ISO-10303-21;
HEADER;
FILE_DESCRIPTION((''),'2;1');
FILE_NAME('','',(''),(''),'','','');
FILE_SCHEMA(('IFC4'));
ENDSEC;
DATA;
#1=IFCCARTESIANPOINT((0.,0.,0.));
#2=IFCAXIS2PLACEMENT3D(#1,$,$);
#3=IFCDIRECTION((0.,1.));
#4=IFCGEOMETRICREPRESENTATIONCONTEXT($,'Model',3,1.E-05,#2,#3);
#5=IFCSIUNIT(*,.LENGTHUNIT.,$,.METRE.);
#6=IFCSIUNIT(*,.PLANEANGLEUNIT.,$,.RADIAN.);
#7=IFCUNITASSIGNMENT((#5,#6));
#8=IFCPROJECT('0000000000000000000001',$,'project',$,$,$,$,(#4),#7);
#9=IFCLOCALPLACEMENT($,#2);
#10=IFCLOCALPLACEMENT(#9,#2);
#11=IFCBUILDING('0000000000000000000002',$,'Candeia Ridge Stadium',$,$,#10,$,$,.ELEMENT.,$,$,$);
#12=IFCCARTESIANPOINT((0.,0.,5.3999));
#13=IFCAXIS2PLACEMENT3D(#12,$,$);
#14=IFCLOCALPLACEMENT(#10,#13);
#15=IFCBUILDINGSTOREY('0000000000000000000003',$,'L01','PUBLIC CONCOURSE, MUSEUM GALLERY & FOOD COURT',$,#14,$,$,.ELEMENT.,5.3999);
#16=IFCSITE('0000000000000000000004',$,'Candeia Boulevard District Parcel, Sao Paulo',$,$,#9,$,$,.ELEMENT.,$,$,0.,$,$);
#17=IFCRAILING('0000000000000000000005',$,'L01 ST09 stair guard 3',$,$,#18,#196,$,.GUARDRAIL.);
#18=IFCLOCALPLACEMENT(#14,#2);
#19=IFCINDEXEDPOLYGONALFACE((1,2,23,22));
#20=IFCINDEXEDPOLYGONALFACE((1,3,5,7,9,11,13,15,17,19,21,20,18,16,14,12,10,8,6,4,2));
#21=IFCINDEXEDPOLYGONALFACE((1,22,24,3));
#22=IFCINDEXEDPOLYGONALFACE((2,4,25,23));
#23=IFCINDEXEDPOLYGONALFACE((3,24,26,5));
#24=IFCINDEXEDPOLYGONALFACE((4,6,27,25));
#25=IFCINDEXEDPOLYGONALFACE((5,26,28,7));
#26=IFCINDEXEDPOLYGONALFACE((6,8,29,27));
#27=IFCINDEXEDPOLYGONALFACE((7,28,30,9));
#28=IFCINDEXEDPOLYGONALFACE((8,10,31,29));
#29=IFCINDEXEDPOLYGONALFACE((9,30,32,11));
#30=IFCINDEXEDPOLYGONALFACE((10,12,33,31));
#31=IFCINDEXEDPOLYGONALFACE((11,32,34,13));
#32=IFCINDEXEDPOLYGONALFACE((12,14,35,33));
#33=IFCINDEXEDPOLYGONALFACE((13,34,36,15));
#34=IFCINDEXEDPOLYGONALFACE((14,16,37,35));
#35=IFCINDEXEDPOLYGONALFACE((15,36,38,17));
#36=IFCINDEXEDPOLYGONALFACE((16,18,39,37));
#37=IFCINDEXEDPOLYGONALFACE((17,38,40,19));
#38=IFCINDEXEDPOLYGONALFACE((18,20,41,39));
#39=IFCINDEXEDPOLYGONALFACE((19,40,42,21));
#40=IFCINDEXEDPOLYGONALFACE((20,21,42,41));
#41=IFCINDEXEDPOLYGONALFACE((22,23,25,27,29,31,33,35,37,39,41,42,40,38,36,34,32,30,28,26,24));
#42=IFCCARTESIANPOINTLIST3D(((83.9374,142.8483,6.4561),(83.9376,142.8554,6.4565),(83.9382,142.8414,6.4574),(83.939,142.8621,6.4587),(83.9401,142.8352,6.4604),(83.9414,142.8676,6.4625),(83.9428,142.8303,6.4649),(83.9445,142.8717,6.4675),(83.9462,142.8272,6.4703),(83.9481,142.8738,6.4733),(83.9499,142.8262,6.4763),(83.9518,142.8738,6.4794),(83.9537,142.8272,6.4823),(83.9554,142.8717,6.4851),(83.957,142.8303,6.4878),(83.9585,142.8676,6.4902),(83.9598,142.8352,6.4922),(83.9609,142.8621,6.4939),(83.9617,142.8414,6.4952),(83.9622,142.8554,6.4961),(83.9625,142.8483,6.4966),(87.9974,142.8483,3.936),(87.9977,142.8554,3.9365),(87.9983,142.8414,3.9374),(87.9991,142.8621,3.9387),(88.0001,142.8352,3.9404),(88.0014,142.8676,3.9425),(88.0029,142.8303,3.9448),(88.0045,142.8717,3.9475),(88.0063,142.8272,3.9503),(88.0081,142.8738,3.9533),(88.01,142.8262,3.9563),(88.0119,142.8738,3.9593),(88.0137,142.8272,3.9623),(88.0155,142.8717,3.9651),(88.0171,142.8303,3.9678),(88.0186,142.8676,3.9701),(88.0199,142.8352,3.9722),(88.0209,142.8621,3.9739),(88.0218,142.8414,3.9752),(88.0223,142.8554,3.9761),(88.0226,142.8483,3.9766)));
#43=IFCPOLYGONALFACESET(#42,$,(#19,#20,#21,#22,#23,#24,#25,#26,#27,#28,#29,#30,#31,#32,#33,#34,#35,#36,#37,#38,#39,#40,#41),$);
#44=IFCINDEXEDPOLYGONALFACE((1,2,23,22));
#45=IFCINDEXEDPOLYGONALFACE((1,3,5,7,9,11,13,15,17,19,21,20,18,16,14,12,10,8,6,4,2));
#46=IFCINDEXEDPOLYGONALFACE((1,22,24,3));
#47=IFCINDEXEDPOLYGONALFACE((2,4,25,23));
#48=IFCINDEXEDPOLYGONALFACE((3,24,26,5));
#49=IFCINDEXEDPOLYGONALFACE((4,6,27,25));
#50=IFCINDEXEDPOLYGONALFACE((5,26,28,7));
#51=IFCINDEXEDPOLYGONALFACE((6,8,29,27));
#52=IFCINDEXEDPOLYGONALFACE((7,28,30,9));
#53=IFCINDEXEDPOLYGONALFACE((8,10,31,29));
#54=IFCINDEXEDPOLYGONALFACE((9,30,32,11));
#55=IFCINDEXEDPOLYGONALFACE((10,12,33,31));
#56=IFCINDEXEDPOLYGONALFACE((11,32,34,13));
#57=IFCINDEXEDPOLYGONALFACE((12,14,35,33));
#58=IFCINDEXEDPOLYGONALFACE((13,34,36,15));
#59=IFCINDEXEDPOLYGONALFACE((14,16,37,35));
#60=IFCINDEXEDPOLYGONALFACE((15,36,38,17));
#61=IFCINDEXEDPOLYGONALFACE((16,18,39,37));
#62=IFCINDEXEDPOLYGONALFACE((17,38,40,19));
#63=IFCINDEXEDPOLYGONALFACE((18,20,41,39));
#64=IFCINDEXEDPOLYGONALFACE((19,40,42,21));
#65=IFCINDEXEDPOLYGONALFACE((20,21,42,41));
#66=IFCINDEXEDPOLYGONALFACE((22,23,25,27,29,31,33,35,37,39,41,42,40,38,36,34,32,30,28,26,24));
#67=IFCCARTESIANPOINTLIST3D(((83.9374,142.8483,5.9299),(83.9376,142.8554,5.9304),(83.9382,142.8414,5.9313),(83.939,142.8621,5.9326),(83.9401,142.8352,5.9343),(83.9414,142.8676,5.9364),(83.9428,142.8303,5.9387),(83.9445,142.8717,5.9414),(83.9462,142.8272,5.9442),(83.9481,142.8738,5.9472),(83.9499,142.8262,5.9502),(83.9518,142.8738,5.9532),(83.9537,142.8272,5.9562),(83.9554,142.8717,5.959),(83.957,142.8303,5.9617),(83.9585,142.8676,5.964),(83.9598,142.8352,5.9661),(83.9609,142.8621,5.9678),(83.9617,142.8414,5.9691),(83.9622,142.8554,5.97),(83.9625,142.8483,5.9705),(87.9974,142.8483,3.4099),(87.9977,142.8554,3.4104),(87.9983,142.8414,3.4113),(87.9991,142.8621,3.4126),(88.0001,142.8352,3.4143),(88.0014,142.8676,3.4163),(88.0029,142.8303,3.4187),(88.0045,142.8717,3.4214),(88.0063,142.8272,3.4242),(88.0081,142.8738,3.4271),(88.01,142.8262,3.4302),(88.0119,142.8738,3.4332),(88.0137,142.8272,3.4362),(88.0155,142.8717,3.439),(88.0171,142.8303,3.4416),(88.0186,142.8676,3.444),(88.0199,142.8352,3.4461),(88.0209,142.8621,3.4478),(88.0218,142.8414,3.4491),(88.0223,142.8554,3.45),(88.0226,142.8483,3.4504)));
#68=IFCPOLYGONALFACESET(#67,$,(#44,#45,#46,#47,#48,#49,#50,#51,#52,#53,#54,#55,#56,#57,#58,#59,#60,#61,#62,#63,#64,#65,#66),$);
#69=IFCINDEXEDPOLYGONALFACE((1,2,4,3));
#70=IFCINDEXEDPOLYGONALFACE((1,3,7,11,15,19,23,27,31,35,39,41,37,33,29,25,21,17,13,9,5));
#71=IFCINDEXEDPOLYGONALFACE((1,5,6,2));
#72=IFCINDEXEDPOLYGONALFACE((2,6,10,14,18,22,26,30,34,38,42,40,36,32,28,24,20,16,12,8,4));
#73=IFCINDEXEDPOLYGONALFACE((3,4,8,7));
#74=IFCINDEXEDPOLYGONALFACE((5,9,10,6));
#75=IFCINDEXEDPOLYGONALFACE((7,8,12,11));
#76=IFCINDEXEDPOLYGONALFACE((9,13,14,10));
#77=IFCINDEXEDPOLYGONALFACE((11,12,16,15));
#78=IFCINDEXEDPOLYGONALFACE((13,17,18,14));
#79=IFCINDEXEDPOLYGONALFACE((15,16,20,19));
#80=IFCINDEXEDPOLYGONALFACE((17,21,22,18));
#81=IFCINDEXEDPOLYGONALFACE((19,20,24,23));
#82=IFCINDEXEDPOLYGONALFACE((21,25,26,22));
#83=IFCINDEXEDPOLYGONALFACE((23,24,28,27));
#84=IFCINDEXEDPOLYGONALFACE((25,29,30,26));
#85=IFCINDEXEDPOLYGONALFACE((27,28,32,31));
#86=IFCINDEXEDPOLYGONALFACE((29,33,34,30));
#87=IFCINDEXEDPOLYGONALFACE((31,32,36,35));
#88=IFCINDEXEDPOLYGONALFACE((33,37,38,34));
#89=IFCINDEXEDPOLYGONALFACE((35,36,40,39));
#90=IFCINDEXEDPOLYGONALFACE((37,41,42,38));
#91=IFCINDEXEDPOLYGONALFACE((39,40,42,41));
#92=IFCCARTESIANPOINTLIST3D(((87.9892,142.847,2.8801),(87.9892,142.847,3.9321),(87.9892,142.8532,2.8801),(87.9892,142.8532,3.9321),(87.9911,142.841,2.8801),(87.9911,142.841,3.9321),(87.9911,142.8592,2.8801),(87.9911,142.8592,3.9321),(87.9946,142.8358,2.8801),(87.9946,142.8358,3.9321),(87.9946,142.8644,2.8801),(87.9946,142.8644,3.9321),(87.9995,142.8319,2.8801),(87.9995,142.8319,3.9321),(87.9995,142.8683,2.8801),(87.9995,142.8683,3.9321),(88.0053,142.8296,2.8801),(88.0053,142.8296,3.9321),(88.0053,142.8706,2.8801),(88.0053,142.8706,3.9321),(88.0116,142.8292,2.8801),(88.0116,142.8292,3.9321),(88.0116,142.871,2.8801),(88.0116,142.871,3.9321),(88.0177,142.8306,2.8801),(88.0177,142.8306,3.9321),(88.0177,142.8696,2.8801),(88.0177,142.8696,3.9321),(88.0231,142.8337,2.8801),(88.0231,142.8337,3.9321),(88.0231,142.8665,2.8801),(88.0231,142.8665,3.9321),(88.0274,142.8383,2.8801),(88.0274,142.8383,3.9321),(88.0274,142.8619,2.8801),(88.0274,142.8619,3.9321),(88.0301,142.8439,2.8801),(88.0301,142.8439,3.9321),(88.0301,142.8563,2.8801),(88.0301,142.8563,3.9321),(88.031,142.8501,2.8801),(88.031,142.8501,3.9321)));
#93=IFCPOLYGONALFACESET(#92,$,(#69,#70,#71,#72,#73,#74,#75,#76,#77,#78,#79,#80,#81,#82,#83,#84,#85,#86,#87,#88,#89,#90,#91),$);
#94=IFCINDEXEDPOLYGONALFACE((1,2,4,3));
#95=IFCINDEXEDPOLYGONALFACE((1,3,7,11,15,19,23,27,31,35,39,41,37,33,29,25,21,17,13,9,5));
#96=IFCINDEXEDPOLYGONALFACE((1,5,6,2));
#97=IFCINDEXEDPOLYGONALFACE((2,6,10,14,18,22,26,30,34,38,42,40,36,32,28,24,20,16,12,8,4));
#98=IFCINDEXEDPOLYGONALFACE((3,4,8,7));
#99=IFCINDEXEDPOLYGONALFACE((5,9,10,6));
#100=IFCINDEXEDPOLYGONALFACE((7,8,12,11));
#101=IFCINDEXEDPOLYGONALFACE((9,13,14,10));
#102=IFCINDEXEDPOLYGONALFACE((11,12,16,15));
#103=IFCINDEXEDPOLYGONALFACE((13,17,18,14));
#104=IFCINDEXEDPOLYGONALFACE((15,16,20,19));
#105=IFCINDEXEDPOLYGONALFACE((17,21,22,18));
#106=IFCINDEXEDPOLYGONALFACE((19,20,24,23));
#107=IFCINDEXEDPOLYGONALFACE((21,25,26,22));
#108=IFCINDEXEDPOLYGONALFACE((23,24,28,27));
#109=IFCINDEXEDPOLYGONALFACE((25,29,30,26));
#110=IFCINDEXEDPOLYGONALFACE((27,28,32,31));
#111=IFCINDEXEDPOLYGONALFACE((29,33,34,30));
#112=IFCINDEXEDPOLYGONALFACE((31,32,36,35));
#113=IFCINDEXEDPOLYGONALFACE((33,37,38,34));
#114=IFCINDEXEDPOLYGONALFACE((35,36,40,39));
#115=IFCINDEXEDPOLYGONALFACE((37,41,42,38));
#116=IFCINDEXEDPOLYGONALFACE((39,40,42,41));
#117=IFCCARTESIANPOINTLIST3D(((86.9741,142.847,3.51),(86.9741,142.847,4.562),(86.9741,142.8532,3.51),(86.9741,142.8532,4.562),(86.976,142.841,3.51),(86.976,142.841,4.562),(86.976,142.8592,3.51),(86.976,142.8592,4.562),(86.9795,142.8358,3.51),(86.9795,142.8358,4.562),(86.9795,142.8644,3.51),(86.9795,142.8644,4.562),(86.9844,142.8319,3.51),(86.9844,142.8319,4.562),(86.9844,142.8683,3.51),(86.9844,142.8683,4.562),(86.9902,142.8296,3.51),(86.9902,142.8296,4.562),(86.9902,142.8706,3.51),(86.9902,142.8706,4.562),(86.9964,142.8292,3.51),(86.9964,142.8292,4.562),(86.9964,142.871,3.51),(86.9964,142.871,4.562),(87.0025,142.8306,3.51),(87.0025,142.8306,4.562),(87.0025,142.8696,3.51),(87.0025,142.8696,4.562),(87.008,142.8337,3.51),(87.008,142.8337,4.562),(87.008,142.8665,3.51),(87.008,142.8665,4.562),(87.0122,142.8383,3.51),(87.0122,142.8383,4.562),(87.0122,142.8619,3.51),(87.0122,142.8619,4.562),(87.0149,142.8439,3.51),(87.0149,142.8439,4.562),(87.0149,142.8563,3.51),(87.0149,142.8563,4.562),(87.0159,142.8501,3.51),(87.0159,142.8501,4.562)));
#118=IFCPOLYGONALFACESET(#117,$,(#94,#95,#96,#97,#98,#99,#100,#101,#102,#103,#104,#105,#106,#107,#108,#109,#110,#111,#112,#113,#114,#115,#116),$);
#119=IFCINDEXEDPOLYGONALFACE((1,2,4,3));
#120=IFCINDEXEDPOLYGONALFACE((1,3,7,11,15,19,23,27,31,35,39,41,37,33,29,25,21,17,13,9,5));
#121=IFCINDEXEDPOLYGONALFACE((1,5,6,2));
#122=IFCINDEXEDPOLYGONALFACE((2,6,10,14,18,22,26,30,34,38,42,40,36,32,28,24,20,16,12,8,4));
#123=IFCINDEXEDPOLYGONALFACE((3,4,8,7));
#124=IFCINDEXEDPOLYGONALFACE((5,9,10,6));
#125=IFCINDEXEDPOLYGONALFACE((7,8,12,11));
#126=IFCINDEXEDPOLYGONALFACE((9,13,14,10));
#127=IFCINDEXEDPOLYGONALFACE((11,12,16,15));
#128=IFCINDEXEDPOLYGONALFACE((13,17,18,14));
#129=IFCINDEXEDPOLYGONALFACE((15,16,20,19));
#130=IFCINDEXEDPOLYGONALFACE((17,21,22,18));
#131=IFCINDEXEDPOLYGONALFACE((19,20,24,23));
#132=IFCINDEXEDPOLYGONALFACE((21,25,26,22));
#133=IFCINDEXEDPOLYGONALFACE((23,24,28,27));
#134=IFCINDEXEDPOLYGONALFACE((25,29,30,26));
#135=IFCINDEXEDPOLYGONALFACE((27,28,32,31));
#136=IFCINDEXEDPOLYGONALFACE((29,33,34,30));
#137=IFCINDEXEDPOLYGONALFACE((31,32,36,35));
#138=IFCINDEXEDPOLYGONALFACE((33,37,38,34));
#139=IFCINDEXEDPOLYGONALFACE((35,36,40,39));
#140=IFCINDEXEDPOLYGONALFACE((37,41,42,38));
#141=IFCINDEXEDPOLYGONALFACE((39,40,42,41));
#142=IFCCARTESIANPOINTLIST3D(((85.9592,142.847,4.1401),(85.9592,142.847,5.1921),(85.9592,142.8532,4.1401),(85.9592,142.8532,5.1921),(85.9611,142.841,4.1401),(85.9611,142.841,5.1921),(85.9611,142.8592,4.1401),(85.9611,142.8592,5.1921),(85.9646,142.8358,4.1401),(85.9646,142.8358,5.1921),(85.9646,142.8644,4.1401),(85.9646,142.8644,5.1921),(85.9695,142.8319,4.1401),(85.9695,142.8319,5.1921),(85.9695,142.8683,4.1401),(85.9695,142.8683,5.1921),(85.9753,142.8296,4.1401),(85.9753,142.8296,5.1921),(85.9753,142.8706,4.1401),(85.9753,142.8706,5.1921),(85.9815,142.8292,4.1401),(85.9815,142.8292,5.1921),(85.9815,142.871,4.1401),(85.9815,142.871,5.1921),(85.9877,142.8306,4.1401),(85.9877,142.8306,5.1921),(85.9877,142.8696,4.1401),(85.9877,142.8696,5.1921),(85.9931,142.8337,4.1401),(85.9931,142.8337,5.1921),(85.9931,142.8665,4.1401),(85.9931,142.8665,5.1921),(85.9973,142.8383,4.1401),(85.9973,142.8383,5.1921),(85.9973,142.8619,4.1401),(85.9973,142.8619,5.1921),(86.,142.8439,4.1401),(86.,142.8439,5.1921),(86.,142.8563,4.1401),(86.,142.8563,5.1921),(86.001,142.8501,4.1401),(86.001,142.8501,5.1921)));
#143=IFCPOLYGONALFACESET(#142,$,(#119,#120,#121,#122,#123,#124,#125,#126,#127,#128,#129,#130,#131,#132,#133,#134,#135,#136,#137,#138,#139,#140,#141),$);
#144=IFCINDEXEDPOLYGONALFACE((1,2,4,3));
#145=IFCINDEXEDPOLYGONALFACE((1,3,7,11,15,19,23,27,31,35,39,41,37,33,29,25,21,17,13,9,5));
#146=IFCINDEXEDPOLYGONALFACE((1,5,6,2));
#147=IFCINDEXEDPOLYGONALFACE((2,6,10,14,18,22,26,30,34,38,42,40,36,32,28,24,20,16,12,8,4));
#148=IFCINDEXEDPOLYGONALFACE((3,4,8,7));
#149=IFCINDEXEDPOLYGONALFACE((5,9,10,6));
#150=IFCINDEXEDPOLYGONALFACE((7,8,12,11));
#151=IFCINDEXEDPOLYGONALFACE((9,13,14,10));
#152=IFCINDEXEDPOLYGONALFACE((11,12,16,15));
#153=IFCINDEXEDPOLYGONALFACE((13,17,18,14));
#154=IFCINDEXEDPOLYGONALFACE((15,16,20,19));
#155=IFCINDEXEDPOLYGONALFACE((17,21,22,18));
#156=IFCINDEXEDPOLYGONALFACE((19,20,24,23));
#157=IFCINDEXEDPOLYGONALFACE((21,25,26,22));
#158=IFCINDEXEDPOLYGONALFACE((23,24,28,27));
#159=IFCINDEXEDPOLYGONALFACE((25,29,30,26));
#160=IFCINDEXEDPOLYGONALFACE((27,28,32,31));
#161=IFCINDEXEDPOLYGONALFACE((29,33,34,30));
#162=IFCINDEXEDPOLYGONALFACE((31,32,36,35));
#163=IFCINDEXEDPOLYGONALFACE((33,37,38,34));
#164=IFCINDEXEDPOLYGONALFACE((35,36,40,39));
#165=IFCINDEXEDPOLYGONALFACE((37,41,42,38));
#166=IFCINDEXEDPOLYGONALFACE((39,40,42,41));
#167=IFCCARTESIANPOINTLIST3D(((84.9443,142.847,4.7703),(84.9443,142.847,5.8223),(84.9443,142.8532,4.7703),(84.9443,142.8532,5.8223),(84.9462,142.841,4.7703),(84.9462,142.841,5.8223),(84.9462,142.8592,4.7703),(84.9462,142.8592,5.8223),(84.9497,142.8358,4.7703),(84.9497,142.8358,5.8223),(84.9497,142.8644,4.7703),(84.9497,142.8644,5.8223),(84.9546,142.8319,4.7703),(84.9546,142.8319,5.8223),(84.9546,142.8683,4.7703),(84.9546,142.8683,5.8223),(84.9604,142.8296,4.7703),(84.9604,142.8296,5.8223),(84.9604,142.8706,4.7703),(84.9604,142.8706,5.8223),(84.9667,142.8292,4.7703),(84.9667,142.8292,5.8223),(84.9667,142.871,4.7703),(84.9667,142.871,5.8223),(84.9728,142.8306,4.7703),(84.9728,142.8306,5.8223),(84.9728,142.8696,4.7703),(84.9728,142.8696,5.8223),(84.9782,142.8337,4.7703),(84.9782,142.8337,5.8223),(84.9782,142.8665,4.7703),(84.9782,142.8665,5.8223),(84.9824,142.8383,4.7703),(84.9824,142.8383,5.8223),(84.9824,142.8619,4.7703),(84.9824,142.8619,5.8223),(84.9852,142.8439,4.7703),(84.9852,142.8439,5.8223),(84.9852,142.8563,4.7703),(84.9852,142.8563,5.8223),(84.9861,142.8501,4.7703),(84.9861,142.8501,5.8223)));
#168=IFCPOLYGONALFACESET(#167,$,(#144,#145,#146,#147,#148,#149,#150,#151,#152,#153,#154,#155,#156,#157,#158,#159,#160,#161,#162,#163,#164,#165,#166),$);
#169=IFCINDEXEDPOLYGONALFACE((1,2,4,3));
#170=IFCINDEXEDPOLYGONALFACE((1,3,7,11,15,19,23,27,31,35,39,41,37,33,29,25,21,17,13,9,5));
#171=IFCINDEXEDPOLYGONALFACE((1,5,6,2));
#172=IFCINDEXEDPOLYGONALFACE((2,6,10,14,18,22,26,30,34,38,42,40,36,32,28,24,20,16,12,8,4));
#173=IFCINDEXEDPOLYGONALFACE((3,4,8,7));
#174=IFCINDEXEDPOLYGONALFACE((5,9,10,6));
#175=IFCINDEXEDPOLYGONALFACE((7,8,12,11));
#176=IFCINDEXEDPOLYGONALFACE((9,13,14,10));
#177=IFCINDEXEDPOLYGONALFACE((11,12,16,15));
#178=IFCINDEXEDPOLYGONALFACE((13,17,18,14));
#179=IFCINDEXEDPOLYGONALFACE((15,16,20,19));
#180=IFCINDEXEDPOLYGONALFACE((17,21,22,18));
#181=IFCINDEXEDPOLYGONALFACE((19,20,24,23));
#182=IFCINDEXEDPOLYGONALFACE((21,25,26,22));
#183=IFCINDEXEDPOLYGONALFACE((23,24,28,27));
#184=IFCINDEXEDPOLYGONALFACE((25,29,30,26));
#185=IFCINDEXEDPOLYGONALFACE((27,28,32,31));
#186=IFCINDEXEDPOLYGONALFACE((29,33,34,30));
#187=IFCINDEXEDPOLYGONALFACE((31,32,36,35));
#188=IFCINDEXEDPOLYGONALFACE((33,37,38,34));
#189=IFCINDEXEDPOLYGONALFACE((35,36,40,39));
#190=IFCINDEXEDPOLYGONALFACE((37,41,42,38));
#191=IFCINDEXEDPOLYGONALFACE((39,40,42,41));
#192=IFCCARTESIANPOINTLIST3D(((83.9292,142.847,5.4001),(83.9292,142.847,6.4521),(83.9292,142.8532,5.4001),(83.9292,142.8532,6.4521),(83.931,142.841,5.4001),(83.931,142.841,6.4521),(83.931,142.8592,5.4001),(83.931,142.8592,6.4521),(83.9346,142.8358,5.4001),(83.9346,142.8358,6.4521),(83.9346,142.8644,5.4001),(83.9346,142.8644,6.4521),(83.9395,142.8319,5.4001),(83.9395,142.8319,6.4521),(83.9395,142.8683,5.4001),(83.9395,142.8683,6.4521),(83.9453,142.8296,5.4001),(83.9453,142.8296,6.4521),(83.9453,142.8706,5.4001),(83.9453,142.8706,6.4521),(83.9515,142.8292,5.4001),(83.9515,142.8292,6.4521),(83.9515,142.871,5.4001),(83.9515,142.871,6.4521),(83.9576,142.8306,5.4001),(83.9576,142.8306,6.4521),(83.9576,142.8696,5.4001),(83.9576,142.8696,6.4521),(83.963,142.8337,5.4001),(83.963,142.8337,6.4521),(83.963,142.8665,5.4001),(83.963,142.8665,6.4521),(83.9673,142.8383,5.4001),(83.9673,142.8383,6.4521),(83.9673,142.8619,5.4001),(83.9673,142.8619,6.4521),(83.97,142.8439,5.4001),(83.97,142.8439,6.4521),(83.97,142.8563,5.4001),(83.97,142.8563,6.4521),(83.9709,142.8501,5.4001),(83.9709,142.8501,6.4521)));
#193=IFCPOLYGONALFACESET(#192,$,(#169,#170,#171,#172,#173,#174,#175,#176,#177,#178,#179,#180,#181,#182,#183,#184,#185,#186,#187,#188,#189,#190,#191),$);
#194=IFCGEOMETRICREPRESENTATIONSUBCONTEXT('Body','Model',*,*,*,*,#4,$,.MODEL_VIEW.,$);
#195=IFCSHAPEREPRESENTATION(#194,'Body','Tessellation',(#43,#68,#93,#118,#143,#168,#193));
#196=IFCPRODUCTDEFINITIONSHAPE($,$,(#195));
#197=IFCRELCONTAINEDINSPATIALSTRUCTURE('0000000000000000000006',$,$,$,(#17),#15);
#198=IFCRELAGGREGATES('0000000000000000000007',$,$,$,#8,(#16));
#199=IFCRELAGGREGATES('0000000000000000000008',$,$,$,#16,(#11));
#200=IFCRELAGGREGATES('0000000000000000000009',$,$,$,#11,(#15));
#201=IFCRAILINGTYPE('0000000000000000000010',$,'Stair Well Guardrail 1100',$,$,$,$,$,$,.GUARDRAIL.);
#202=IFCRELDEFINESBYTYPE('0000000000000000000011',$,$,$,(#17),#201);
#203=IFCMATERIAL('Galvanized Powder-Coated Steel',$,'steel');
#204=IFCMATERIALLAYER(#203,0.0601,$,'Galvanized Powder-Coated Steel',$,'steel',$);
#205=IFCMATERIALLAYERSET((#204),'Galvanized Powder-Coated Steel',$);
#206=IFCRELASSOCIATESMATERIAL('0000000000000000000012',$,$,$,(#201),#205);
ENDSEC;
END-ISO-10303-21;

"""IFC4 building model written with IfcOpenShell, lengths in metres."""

from ifc_helpers import new_model, si_unit, direction, frame, origin, origin_2d, place, context, subcontext, project, spatial, circle, extrude, material, layer, layer_set, type_object, element, save


model = new_model("IFC4")

# Units and contexts
model_context = context("Model", 3, precision=1e-05, world=origin(), true_north=direction((0.0, 1.0)))
body_context = subcontext(model_context, "Body", "Model", "MODEL_VIEW")
ifc_project = project(units=[si_unit("LENGTHUNIT", "METRE"), si_unit("PLANEANGLEUNIT", "RADIAN")], contexts=[model_context])

# Site, building, storey
site_placement = place(None, origin())
site = spatial("IfcSite", under=ifc_project, at=site_placement, Name="Candeia Boulevard District Parcel, Sao Paulo", CompositionType="ELEMENT", RefElevation=0.0)
building_placement = place(site_placement, origin())
building = spatial("IfcBuilding", under=site, at=building_placement, Name="Candeia Ridge Stadium", CompositionType="ELEMENT")
storey_placement = place(building_placement, frame((0.0, 0.0, 5.3999)))
storey = spatial("IfcBuildingStorey", under=building, at=storey_placement, Name="L01", Description="PUBLIC CONCOURSE, MUSEUM GALLERY & FOOD COURT", CompositionType="ELEMENT", Elevation=5.3999)

# Railing
ifc_material_1 = material(Name="Galvanized Powder-Coated Steel", Category="steel")
ifc_layer_1 = layer(ifc_material_1, 0.0601, Name="Galvanized Powder-Coated Steel", Category="steel")
ifc_layer_set_1 = layer_set([ifc_layer_1], Name="Galvanized Powder-Coated Steel")
railing_type_1 = type_object("IfcRailingType", Name="Stair Well Guardrail 1100", PredefinedType="GUARDRAIL", material=ifc_layer_set_1)
railing_1_placement = place(storey_placement, frame((88.01, 142.8501, 2.8801)))
element("IfcRailing", 1, at=railing_1_placement, inside=storey, type_object=railing_type_1, Name="L01 ST09 stair guard 3", PredefinedType="GUARDRAIL", context=body_context, shape_type="SweptSolid", body=[
    extrude(circle(Radius=0.0239, at=origin_2d()), frame((0.0, 0.0, 1.0762), z_axis=(-0.849642, 0.0, 0.52736), x_axis=(0.0, -1.0, 0.0)), (0.0, 0.0, 1.0), 4.7786),
    extrude(circle(Radius=0.0239, at=origin_2d()), frame((0.0, 0.0, 0.55), z_axis=(-0.849642, 0.0, 0.52736), x_axis=(0.0, -1.0, 0.0)), (0.0, 0.0, 1.0), 4.7786),
    extrude(circle(Radius=0.021, at=origin_2d()), origin(), (0.0, 0.0, 1.0), 1.052),
    extrude(circle(Radius=0.021, at=origin_2d()), frame((-1.0151, 0.0, 0.6299)), (0.0, 0.0, 1.0), 1.052),
    extrude(circle(Radius=0.021, at=origin_2d()), frame((-2.03, 0.0, 1.26)), (0.0, 0.0, 1.0), 1.052),
    extrude(circle(Radius=0.021, at=origin_2d()), frame((-3.0449, 0.0, 1.8901)), (0.0, 0.0, 1.0), 1.052),
    extrude(circle(Radius=0.021, at=origin_2d()), frame((-4.0601, 0.0, 2.52)), (0.0, 0.0, 1.0), 1.052),
])

save(model, "model.ifc")
